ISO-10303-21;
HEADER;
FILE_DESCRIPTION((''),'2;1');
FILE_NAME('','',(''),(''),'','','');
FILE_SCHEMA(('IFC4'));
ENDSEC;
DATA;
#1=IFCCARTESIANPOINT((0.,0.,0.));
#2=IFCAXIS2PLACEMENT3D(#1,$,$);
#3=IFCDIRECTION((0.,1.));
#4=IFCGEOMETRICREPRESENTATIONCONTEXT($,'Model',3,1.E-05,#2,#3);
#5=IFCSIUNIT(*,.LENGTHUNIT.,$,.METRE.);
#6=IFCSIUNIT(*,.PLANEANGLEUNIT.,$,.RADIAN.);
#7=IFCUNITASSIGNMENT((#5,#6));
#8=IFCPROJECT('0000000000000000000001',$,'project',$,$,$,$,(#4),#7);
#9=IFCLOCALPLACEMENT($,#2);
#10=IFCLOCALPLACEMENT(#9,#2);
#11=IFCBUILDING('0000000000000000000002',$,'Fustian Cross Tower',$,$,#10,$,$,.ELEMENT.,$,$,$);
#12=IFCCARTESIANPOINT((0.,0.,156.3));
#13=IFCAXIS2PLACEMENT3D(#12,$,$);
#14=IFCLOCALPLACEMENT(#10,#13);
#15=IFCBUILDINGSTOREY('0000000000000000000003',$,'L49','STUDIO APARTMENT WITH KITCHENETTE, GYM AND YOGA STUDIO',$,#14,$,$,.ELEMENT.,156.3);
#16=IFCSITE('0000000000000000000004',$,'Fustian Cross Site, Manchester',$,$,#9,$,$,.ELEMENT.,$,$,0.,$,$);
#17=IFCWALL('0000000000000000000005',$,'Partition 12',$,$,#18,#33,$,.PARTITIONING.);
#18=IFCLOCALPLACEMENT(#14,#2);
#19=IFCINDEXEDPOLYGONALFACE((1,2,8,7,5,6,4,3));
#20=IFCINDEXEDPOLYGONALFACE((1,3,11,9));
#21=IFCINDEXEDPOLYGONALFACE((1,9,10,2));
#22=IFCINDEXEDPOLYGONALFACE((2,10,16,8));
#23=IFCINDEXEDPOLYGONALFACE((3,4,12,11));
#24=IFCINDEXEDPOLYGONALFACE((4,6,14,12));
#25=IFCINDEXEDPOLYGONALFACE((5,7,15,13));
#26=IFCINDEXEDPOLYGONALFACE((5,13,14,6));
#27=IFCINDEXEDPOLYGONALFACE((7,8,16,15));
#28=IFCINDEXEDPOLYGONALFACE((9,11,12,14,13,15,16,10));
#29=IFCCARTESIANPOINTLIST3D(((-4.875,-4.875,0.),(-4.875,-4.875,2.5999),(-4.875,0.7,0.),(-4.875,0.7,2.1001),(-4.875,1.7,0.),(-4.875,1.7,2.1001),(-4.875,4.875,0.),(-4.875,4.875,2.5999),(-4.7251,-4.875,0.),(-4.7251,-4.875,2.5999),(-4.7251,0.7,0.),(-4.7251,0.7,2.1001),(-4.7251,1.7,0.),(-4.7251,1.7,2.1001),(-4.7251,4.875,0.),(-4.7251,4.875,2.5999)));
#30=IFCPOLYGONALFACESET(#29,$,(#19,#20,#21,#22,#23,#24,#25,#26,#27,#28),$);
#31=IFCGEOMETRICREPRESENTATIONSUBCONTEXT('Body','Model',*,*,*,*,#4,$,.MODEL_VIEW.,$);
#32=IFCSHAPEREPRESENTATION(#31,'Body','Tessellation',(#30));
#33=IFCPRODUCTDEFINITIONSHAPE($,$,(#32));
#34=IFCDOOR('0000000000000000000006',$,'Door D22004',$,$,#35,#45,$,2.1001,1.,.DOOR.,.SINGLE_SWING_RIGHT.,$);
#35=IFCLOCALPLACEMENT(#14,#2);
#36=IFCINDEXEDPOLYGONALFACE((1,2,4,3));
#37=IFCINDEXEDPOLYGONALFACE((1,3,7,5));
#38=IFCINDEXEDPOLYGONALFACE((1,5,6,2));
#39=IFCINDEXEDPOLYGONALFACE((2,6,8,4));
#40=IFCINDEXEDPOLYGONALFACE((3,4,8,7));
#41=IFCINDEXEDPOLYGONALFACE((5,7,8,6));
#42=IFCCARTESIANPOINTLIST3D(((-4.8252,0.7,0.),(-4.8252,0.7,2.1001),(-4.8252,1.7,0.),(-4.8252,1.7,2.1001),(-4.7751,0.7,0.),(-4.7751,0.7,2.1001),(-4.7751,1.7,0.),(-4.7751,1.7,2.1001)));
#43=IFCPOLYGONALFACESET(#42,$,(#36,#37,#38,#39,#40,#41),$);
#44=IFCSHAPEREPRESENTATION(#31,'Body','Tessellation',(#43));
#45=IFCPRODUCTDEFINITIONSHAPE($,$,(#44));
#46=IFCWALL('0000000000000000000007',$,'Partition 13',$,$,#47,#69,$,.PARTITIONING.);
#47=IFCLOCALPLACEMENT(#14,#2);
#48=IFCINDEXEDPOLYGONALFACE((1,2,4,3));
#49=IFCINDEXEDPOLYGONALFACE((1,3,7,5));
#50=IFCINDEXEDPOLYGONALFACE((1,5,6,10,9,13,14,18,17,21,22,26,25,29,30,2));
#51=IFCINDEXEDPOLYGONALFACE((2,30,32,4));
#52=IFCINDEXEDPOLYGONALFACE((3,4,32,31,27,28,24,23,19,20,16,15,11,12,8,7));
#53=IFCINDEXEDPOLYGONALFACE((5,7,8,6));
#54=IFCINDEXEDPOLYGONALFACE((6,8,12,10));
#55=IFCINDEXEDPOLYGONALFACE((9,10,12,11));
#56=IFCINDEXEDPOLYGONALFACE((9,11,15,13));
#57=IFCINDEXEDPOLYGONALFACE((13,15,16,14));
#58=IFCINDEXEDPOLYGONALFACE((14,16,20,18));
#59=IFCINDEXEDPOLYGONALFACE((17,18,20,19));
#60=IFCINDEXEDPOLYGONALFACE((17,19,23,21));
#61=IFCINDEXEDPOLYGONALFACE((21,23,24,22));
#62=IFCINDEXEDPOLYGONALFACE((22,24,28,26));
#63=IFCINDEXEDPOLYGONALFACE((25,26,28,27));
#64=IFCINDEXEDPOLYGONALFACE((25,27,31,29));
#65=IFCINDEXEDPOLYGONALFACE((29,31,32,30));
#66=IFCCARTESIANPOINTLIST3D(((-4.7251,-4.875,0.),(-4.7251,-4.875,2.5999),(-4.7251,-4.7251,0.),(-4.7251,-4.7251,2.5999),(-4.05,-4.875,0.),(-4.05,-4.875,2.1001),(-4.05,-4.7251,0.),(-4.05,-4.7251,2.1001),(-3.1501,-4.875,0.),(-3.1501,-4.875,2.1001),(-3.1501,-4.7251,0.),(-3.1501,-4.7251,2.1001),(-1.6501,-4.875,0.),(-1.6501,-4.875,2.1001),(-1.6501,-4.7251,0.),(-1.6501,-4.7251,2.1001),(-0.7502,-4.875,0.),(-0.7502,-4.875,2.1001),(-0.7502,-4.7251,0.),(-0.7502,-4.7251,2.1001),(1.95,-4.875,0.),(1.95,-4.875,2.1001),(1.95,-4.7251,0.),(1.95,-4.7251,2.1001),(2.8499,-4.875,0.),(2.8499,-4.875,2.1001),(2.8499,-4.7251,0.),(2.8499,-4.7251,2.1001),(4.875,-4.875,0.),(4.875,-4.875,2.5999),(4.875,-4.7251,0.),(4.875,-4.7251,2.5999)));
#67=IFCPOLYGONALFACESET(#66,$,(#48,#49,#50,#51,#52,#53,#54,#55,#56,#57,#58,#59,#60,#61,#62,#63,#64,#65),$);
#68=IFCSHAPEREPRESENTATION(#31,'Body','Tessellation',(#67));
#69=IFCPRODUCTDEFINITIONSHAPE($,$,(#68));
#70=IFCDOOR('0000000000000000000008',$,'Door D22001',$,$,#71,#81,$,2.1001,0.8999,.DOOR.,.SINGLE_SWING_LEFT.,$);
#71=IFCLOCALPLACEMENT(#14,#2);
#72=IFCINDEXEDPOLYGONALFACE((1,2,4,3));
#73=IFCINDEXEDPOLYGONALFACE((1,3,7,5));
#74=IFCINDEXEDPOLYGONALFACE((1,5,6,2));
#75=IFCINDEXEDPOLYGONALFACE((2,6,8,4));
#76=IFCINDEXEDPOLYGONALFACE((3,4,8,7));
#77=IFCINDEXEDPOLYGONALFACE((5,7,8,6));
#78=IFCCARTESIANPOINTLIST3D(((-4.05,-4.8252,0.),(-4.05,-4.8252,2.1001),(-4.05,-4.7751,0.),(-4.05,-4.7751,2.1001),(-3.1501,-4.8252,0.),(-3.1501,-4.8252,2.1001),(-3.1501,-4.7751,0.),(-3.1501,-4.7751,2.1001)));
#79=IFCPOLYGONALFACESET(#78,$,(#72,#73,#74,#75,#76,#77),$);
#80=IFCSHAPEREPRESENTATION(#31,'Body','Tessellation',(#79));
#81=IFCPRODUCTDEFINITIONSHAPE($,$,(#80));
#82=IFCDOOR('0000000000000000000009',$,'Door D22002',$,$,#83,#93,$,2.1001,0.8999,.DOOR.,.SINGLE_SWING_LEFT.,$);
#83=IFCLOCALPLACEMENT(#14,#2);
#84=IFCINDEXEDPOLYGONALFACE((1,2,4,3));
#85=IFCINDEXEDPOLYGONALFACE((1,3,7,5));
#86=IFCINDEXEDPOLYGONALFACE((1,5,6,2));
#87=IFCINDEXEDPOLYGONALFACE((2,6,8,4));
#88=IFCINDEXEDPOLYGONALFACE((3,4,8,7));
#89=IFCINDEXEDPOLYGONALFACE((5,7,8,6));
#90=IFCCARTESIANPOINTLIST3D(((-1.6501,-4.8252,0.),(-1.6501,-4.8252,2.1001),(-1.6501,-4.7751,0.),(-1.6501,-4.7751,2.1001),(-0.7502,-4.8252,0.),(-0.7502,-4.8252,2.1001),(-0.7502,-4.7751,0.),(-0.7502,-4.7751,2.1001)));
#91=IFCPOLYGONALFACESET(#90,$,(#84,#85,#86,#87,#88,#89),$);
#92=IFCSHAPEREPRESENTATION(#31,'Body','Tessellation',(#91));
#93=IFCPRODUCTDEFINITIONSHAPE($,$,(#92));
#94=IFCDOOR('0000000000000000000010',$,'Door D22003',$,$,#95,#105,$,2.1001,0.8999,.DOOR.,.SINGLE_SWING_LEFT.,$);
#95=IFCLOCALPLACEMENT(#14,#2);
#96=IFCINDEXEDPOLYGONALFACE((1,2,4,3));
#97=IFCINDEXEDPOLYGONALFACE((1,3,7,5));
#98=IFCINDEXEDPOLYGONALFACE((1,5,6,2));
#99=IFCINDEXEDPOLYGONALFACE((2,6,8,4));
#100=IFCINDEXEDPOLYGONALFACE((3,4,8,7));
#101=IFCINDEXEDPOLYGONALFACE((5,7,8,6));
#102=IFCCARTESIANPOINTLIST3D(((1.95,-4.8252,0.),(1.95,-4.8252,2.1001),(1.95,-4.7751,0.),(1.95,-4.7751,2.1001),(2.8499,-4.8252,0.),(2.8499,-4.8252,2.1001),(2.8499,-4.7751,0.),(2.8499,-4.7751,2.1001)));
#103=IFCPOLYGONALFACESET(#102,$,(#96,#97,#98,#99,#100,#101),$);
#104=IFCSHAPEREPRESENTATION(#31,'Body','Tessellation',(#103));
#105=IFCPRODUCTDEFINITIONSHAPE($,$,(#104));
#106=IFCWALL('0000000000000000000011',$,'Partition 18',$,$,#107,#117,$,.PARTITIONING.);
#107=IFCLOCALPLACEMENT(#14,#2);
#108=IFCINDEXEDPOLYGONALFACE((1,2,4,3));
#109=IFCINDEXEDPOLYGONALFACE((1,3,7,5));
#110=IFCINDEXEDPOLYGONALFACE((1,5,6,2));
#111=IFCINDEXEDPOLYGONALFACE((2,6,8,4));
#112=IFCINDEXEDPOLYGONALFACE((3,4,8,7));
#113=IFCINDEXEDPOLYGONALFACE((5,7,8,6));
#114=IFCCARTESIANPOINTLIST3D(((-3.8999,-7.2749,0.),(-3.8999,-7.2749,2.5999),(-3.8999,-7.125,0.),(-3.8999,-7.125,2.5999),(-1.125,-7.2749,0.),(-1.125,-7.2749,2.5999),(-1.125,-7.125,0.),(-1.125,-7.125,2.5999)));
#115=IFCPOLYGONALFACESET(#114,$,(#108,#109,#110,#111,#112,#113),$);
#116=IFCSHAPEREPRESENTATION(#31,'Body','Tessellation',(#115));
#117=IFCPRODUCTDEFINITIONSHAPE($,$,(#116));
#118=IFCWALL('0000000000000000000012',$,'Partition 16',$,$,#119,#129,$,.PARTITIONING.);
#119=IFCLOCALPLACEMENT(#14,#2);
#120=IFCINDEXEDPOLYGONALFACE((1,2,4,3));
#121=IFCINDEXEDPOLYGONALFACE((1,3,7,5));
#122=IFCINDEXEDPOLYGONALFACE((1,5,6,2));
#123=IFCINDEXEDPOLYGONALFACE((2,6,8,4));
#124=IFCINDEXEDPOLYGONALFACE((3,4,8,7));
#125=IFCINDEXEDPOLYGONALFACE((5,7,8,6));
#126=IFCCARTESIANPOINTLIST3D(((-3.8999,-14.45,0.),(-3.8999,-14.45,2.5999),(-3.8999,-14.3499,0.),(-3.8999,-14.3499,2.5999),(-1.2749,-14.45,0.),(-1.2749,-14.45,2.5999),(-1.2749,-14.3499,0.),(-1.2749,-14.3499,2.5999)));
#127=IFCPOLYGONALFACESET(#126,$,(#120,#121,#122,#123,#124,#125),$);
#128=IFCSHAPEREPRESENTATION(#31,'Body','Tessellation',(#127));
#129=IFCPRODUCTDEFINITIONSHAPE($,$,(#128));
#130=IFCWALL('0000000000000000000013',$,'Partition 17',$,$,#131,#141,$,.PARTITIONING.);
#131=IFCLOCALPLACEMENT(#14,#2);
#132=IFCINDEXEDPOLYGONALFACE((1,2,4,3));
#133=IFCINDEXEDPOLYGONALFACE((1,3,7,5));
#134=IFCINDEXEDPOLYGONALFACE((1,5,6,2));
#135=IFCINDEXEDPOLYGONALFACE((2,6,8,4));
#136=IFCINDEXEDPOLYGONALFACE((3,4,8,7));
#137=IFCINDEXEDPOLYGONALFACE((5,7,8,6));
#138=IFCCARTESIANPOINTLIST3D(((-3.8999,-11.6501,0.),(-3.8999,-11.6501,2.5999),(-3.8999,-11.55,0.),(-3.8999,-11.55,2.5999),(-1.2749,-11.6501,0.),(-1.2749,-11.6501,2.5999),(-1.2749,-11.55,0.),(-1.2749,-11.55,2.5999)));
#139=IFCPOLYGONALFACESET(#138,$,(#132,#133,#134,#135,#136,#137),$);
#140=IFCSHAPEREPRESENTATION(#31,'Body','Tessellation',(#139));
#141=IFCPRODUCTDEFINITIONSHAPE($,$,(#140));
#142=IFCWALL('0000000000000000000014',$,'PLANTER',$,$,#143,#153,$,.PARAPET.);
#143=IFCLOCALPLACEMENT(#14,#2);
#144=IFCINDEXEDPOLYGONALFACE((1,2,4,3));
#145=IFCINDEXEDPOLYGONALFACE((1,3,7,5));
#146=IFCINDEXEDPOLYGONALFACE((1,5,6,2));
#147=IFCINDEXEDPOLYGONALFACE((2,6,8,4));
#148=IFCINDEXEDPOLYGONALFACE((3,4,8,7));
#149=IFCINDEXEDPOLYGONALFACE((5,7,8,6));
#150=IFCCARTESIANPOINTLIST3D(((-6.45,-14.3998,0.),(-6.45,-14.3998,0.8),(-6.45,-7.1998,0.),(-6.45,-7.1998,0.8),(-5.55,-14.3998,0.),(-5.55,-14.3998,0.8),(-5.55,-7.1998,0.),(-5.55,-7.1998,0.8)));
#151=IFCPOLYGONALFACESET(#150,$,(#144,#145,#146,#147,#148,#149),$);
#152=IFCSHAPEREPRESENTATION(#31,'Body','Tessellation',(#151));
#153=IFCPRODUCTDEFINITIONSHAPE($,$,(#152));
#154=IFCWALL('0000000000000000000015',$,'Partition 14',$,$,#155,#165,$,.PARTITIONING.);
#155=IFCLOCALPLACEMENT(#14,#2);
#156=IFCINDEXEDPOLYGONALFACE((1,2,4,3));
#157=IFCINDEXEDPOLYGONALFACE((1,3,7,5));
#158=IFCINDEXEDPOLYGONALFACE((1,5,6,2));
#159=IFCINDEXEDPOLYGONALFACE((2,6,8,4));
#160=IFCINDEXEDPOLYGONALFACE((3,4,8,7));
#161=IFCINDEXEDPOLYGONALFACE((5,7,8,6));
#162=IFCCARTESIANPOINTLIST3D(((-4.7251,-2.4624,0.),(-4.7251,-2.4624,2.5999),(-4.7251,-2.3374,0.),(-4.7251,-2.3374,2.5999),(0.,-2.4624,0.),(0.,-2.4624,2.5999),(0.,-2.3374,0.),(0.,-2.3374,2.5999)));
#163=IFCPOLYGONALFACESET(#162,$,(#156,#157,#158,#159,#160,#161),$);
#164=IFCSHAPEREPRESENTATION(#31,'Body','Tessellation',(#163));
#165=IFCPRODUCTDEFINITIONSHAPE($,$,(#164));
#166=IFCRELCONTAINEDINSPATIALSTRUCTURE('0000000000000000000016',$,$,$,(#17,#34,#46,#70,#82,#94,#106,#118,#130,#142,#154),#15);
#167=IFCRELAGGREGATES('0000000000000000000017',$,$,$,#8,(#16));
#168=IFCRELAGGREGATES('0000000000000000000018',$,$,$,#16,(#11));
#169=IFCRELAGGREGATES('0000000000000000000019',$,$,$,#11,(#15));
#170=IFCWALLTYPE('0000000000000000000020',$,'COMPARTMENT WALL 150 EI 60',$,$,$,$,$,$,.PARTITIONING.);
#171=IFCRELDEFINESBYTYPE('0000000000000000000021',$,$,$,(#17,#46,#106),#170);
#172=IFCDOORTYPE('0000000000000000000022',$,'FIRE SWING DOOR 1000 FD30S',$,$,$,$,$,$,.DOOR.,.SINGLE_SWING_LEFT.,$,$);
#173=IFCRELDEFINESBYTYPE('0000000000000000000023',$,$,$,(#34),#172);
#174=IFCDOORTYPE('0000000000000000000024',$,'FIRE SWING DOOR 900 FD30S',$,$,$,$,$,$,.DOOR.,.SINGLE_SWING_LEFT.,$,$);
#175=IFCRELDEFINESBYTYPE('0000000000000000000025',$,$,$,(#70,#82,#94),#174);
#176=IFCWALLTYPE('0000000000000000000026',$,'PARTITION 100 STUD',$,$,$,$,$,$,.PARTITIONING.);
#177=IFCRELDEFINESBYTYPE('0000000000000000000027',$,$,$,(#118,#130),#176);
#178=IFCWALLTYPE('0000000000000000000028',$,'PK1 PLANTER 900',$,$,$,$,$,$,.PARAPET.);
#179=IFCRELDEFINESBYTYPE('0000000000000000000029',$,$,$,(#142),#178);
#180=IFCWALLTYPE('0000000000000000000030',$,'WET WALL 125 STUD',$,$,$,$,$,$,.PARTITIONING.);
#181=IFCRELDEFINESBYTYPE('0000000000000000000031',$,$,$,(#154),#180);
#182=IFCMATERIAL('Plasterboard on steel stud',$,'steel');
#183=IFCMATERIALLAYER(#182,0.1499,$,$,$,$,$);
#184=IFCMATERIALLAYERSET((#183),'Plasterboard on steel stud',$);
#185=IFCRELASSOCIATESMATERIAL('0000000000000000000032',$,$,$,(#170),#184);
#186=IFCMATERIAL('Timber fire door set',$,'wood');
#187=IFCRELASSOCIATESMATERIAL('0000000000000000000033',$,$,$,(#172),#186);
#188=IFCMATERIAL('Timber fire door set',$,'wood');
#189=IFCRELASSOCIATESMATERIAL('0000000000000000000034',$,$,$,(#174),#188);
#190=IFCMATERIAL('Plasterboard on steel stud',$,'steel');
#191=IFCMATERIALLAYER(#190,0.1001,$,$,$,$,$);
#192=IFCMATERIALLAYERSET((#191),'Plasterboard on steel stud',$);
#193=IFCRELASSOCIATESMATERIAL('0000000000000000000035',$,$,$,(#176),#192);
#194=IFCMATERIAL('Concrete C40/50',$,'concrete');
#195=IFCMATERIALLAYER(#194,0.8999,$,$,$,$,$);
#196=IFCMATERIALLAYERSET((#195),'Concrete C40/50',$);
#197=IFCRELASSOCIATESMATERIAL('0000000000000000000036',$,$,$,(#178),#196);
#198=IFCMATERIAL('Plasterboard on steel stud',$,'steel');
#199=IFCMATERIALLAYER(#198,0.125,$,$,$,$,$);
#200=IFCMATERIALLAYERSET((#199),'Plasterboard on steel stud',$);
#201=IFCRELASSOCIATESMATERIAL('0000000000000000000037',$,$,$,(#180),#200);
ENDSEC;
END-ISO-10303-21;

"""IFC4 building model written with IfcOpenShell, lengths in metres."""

from ifc_helpers import new_model, si_unit, direction, frame, frame_2d, origin, place, context, subcontext, project, spatial, rectangle, extrude, material, layer, layer_set, type_object, element, fill, save


model = new_model("IFC4")

# Units and contexts
model_context = context("Model", 3, precision=1e-05, world=origin(), true_north=direction((0.0, 1.0)))
body_context = subcontext(model_context, "Body", "Model", "MODEL_VIEW")
ifc_project = project(units=[si_unit("LENGTHUNIT", "METRE"), si_unit("PLANEANGLEUNIT", "RADIAN")], contexts=[model_context])

# Site, building, storey
site_placement = place(None, origin())
site = spatial("IfcSite", under=ifc_project, at=site_placement, Name="Fustian Cross Site, Manchester", CompositionType="ELEMENT", RefElevation=0.0)
building_placement = place(site_placement, origin())
building = spatial("IfcBuilding", under=site, at=building_placement, Name="Fustian Cross Tower", CompositionType="ELEMENT")
storey_placement = place(building_placement, frame((0.0, 0.0, 156.3)))
storey = spatial("IfcBuildingStorey", under=building, at=storey_placement, Name="L49", Description="STUDIO APARTMENT WITH KITCHENETTE, GYM AND YOGA STUDIO", CompositionType="ELEMENT", Elevation=156.3)

# Wall, opening, door
ifc_material_1 = material(Name="Plasterboard on steel stud", Category="steel")
ifc_layer_1 = layer(ifc_material_1, 0.1499)
ifc_layer_set_1 = layer_set([ifc_layer_1], Name="Plasterboard on steel stud")
wall_type_1 = type_object("IfcWallType", Name="COMPARTMENT WALL 150 EI 60", PredefinedType="PARTITIONING", material=ifc_layer_set_1)
wall_1_placement = place(storey_placement, frame((-4.8, -4.875, 0.0), z_axis=(0.0, 0.0, 1.0), x_axis=(0.0, 1.0, 0.0)))
wall_1 = element("IfcWall", 1, at=wall_1_placement, inside=storey, type_object=wall_type_1, Name="Partition 12", PredefinedType="PARTITIONING", context=body_context, shape_type="SweptSolid", body=[
    extrude(rectangle(XDim=9.75, YDim=0.1499, at=frame_2d((4.875, 0.0))), origin(), (0.0, 0.0, 1.0), 2.5999),
])
opening_1_placement = place(wall_1_placement, frame((5.575, 0.0, 0.0)))
opening_1 = element("IfcOpeningElement", 2, at=opening_1_placement, cuts=wall_1, PredefinedType="OPENING", context=body_context, shape_type="SweptSolid", body=[
    extrude(rectangle(XDim=1.0, YDim=2.1001, at=frame_2d((0.5, 1.05))), frame((0.0, 0.085, 0.0), z_axis=(0.0, -1.0, 0.0), x_axis=(1.0, 0.0, 0.0)), (0.0, 0.0, 1.0), 0.1699),
])
ifc_material_2 = material(Name="Timber fire door set", Category="wood")
door_type_1 = type_object("IfcDoorType", Name="FIRE SWING DOOR 1000 FD30S", OperationType="SINGLE_SWING_LEFT", PredefinedType="DOOR", material=ifc_material_2)
door_1_placement = place(opening_1_placement, frame((1.0, 0.0, 0.0), z_axis=(0.0, 0.0, 1.0), x_axis=(-1.0, 0.0, 0.0)))
door_1 = element("IfcDoor", 3, at=door_1_placement, inside=storey, type_object=door_type_1, Name="Door D22004", OperationType="SINGLE_SWING_RIGHT", OverallHeight=2.1001, OverallWidth=1.0, PredefinedType="DOOR", context=body_context, shape_type="SweptSolid", body=[
    extrude(rectangle(XDim=1.0, YDim=2.1001, at=frame_2d((0.5, 1.05))), frame((0.0, 0.0249, 0.0), z_axis=(0.0, -1.0, 0.0), x_axis=(1.0, 0.0, 0.0)), (0.0, 0.0, 1.0), 0.05),
])
fill(opening_1, door_1)

# Wall, openings, doors
wall_2_placement = place(storey_placement, frame((-4.7251, -4.8, 0.0), z_axis=(0.0, 0.0, 1.0), x_axis=(1.0, 0.0, 0.0)))
wall_2 = element("IfcWall", 4, at=wall_2_placement, inside=storey, type_object=wall_type_1, Name="Partition 13", PredefinedType="PARTITIONING", context=body_context, shape_type="SweptSolid", body=[
    extrude(rectangle(XDim=9.6001, YDim=0.1499, at=frame_2d((4.8, 0.0))), origin(), (0.0, 0.0, 1.0), 2.5999),
])
opening_2_placement = place(wall_2_placement, frame((0.675, 0.0, 0.0)))
opening_2 = element("IfcOpeningElement", 5, at=opening_2_placement, cuts=wall_2, PredefinedType="OPENING", context=body_context, shape_type="SweptSolid", body=[
    extrude(rectangle(XDim=0.8999, YDim=2.1001, at=frame_2d((0.45, 1.05))), frame((0.0, 0.085, 0.0), z_axis=(0.0, -1.0, 0.0), x_axis=(1.0, 0.0, 0.0)), (0.0, 0.0, 1.0), 0.1699),
])
opening_3_placement = place(wall_2_placement, frame((3.075, 0.0, 0.0)))
opening_3 = element("IfcOpeningElement", 6, at=opening_3_placement, cuts=wall_2, PredefinedType="OPENING", context=body_context, shape_type="SweptSolid", body=[
    extrude(rectangle(XDim=0.8999, YDim=2.1001, at=frame_2d((0.45, 1.05))), frame((0.0, 0.085, 0.0), z_axis=(0.0, -1.0, 0.0), x_axis=(1.0, 0.0, 0.0)), (0.0, 0.0, 1.0), 0.1699),
])
opening_4_placement = place(wall_2_placement, frame((6.675, 0.0, 0.0)))
opening_4 = element("IfcOpeningElement", 7, at=opening_4_placement, cuts=wall_2, PredefinedType="OPENING", context=body_context, shape_type="SweptSolid", body=[
    extrude(rectangle(XDim=0.8999, YDim=2.1001, at=frame_2d((0.45, 1.05))), frame((0.0, 0.085, 0.0), z_axis=(0.0, -1.0, 0.0), x_axis=(1.0, 0.0, 0.0)), (0.0, 0.0, 1.0), 0.1699),
])
ifc_material_3 = material(Name="Timber fire door set", Category="wood")
door_type_2 = type_object("IfcDoorType", Name="FIRE SWING DOOR 900 FD30S", OperationType="SINGLE_SWING_LEFT", PredefinedType="DOOR", material=ifc_material_3)
door_2_placement = place(opening_2_placement, origin())
door_2 = element("IfcDoor", 8, at=door_2_placement, inside=storey, type_object=door_type_2, Name="Door D22001", OperationType="SINGLE_SWING_LEFT", OverallHeight=2.1001, OverallWidth=0.8999, PredefinedType="DOOR", context=body_context, shape_type="SweptSolid", body=[
    extrude(rectangle(XDim=0.8999, YDim=2.1001, at=frame_2d((0.45, 1.05))), frame((0.0, 0.0249, 0.0), z_axis=(0.0, -1.0, 0.0), x_axis=(1.0, 0.0, 0.0)), (0.0, 0.0, 1.0), 0.05),
])
fill(opening_2, door_2)
door_3_placement = place(opening_3_placement, origin())
door_3 = element("IfcDoor", 9, at=door_3_placement, inside=storey, type_object=door_type_2, Name="Door D22002", OperationType="SINGLE_SWING_LEFT", OverallHeight=2.1001, OverallWidth=0.8999, PredefinedType="DOOR", context=body_context, shape_type="SweptSolid", body=[
    extrude(rectangle(XDim=0.8999, YDim=2.1001, at=frame_2d((0.45, 1.05))), frame((0.0, 0.0249, 0.0), z_axis=(0.0, -1.0, 0.0), x_axis=(1.0, 0.0, 0.0)), (0.0, 0.0, 1.0), 0.05),
])
fill(opening_3, door_3)
door_4_placement = place(opening_4_placement, origin())
door_4 = element("IfcDoor", 10, at=door_4_placement, inside=storey, type_object=door_type_2, Name="Door D22003", OperationType="SINGLE_SWING_LEFT", OverallHeight=2.1001, OverallWidth=0.8999, PredefinedType="DOOR", context=body_context, shape_type="SweptSolid", body=[
    extrude(rectangle(XDim=0.8999, YDim=2.1001, at=frame_2d((0.45, 1.05))), frame((0.0, 0.0249, 0.0), z_axis=(0.0, -1.0, 0.0), x_axis=(1.0, 0.0, 0.0)), (0.0, 0.0, 1.0), 0.05),
])
fill(opening_4, door_4)

# Walls
wall_3_placement = place(storey_placement, frame((-3.8999, -7.2, 0.0), z_axis=(0.0, 0.0, 1.0), x_axis=(1.0, 0.0, 0.0)))
element("IfcWall", 11, at=wall_3_placement, inside=storey, type_object=wall_type_1, Name="Partition 18", PredefinedType="PARTITIONING", context=body_context, shape_type="SweptSolid", body=[
    extrude(rectangle(XDim=2.7749, YDim=0.1499, at=frame_2d((1.3875, 0.0))), origin(), (0.0, 0.0, 1.0), 2.5999),
])
ifc_material_4 = material(Name="Plasterboard on steel stud", Category="steel")
ifc_layer_2 = layer(ifc_material_4, 0.1001)
ifc_layer_set_2 = layer_set([ifc_layer_2], Name="Plasterboard on steel stud")
wall_type_2 = type_object("IfcWallType", Name="PARTITION 100 STUD", PredefinedType="PARTITIONING", material=ifc_layer_set_2)
for number, where, z_axis, x_axis, name in (
    (12, (-3.8999, -14.3999, 0.0), (0.0, 0.0, 1.0), (1.0, 0.0, 0.0), "Partition 16"),
    (13, (-3.8999, -11.6001, 0.0), (0.0, 0.0, 1.0), (1.0, 0.0, 0.0), "Partition 17"),
):
    element("IfcWall", number, at=place(storey_placement, frame(where, z_axis=z_axis, x_axis=x_axis)), inside=storey, type_object=wall_type_2, Name=name, PredefinedType="PARTITIONING", context=body_context, shape_type="SweptSolid", body=[
        extrude(rectangle(XDim=2.625, YDim=0.1001, at=frame_2d((1.3125, 0.0))), origin(), (0.0, 0.0, 1.0), 2.5999),
    ])
ifc_material_5 = material(Name="Concrete C40/50", Category="concrete")
ifc_layer_3 = layer(ifc_material_5, 0.8999)
ifc_layer_set_3 = layer_set([ifc_layer_3], Name="Concrete C40/50")
wall_type_3 = type_object("IfcWallType", Name="PK1 PLANTER 900", PredefinedType="PARAPET", material=ifc_layer_set_3)
wall_4_placement = place(storey_placement, frame((-6.0, -14.3999, 0.0), z_axis=(0.0, 0.0, 1.0), x_axis=(0.0, 1.0, 0.0)))
element("IfcWall", 14, at=wall_4_placement, inside=storey, type_object=wall_type_3, Name="PLANTER", PredefinedType="PARAPET", context=body_context, shape_type="SweptSolid", body=[
    extrude(rectangle(XDim=7.2, YDim=0.8999, at=frame_2d((3.6001, 0.0))), origin(), (0.0, 0.0, 1.0), 0.8),
])
ifc_material_6 = material(Name="Plasterboard on steel stud", Category="steel")
ifc_layer_4 = layer(ifc_material_6, 0.125)
ifc_layer_set_4 = layer_set([ifc_layer_4], Name="Plasterboard on steel stud")
wall_type_4 = type_object("IfcWallType", Name="WET WALL 125 STUD", PredefinedType="PARTITIONING", material=ifc_layer_set_4)
wall_5_placement = place(storey_placement, frame((-4.7251, -2.3999, 0.0), z_axis=(0.0, 0.0, 1.0), x_axis=(1.0, 0.0, 0.0)))
element("IfcWall", 15, at=wall_5_placement, inside=storey, type_object=wall_type_4, Name="Partition 14", PredefinedType="PARTITIONING", context=body_context, shape_type="SweptSolid", body=[
    extrude(rectangle(XDim=4.7251, YDim=0.125, at=frame_2d((2.3625, 0.0))), origin(), (0.0, 0.0, 1.0), 2.5999),
])

save(model, "model.ifc")
